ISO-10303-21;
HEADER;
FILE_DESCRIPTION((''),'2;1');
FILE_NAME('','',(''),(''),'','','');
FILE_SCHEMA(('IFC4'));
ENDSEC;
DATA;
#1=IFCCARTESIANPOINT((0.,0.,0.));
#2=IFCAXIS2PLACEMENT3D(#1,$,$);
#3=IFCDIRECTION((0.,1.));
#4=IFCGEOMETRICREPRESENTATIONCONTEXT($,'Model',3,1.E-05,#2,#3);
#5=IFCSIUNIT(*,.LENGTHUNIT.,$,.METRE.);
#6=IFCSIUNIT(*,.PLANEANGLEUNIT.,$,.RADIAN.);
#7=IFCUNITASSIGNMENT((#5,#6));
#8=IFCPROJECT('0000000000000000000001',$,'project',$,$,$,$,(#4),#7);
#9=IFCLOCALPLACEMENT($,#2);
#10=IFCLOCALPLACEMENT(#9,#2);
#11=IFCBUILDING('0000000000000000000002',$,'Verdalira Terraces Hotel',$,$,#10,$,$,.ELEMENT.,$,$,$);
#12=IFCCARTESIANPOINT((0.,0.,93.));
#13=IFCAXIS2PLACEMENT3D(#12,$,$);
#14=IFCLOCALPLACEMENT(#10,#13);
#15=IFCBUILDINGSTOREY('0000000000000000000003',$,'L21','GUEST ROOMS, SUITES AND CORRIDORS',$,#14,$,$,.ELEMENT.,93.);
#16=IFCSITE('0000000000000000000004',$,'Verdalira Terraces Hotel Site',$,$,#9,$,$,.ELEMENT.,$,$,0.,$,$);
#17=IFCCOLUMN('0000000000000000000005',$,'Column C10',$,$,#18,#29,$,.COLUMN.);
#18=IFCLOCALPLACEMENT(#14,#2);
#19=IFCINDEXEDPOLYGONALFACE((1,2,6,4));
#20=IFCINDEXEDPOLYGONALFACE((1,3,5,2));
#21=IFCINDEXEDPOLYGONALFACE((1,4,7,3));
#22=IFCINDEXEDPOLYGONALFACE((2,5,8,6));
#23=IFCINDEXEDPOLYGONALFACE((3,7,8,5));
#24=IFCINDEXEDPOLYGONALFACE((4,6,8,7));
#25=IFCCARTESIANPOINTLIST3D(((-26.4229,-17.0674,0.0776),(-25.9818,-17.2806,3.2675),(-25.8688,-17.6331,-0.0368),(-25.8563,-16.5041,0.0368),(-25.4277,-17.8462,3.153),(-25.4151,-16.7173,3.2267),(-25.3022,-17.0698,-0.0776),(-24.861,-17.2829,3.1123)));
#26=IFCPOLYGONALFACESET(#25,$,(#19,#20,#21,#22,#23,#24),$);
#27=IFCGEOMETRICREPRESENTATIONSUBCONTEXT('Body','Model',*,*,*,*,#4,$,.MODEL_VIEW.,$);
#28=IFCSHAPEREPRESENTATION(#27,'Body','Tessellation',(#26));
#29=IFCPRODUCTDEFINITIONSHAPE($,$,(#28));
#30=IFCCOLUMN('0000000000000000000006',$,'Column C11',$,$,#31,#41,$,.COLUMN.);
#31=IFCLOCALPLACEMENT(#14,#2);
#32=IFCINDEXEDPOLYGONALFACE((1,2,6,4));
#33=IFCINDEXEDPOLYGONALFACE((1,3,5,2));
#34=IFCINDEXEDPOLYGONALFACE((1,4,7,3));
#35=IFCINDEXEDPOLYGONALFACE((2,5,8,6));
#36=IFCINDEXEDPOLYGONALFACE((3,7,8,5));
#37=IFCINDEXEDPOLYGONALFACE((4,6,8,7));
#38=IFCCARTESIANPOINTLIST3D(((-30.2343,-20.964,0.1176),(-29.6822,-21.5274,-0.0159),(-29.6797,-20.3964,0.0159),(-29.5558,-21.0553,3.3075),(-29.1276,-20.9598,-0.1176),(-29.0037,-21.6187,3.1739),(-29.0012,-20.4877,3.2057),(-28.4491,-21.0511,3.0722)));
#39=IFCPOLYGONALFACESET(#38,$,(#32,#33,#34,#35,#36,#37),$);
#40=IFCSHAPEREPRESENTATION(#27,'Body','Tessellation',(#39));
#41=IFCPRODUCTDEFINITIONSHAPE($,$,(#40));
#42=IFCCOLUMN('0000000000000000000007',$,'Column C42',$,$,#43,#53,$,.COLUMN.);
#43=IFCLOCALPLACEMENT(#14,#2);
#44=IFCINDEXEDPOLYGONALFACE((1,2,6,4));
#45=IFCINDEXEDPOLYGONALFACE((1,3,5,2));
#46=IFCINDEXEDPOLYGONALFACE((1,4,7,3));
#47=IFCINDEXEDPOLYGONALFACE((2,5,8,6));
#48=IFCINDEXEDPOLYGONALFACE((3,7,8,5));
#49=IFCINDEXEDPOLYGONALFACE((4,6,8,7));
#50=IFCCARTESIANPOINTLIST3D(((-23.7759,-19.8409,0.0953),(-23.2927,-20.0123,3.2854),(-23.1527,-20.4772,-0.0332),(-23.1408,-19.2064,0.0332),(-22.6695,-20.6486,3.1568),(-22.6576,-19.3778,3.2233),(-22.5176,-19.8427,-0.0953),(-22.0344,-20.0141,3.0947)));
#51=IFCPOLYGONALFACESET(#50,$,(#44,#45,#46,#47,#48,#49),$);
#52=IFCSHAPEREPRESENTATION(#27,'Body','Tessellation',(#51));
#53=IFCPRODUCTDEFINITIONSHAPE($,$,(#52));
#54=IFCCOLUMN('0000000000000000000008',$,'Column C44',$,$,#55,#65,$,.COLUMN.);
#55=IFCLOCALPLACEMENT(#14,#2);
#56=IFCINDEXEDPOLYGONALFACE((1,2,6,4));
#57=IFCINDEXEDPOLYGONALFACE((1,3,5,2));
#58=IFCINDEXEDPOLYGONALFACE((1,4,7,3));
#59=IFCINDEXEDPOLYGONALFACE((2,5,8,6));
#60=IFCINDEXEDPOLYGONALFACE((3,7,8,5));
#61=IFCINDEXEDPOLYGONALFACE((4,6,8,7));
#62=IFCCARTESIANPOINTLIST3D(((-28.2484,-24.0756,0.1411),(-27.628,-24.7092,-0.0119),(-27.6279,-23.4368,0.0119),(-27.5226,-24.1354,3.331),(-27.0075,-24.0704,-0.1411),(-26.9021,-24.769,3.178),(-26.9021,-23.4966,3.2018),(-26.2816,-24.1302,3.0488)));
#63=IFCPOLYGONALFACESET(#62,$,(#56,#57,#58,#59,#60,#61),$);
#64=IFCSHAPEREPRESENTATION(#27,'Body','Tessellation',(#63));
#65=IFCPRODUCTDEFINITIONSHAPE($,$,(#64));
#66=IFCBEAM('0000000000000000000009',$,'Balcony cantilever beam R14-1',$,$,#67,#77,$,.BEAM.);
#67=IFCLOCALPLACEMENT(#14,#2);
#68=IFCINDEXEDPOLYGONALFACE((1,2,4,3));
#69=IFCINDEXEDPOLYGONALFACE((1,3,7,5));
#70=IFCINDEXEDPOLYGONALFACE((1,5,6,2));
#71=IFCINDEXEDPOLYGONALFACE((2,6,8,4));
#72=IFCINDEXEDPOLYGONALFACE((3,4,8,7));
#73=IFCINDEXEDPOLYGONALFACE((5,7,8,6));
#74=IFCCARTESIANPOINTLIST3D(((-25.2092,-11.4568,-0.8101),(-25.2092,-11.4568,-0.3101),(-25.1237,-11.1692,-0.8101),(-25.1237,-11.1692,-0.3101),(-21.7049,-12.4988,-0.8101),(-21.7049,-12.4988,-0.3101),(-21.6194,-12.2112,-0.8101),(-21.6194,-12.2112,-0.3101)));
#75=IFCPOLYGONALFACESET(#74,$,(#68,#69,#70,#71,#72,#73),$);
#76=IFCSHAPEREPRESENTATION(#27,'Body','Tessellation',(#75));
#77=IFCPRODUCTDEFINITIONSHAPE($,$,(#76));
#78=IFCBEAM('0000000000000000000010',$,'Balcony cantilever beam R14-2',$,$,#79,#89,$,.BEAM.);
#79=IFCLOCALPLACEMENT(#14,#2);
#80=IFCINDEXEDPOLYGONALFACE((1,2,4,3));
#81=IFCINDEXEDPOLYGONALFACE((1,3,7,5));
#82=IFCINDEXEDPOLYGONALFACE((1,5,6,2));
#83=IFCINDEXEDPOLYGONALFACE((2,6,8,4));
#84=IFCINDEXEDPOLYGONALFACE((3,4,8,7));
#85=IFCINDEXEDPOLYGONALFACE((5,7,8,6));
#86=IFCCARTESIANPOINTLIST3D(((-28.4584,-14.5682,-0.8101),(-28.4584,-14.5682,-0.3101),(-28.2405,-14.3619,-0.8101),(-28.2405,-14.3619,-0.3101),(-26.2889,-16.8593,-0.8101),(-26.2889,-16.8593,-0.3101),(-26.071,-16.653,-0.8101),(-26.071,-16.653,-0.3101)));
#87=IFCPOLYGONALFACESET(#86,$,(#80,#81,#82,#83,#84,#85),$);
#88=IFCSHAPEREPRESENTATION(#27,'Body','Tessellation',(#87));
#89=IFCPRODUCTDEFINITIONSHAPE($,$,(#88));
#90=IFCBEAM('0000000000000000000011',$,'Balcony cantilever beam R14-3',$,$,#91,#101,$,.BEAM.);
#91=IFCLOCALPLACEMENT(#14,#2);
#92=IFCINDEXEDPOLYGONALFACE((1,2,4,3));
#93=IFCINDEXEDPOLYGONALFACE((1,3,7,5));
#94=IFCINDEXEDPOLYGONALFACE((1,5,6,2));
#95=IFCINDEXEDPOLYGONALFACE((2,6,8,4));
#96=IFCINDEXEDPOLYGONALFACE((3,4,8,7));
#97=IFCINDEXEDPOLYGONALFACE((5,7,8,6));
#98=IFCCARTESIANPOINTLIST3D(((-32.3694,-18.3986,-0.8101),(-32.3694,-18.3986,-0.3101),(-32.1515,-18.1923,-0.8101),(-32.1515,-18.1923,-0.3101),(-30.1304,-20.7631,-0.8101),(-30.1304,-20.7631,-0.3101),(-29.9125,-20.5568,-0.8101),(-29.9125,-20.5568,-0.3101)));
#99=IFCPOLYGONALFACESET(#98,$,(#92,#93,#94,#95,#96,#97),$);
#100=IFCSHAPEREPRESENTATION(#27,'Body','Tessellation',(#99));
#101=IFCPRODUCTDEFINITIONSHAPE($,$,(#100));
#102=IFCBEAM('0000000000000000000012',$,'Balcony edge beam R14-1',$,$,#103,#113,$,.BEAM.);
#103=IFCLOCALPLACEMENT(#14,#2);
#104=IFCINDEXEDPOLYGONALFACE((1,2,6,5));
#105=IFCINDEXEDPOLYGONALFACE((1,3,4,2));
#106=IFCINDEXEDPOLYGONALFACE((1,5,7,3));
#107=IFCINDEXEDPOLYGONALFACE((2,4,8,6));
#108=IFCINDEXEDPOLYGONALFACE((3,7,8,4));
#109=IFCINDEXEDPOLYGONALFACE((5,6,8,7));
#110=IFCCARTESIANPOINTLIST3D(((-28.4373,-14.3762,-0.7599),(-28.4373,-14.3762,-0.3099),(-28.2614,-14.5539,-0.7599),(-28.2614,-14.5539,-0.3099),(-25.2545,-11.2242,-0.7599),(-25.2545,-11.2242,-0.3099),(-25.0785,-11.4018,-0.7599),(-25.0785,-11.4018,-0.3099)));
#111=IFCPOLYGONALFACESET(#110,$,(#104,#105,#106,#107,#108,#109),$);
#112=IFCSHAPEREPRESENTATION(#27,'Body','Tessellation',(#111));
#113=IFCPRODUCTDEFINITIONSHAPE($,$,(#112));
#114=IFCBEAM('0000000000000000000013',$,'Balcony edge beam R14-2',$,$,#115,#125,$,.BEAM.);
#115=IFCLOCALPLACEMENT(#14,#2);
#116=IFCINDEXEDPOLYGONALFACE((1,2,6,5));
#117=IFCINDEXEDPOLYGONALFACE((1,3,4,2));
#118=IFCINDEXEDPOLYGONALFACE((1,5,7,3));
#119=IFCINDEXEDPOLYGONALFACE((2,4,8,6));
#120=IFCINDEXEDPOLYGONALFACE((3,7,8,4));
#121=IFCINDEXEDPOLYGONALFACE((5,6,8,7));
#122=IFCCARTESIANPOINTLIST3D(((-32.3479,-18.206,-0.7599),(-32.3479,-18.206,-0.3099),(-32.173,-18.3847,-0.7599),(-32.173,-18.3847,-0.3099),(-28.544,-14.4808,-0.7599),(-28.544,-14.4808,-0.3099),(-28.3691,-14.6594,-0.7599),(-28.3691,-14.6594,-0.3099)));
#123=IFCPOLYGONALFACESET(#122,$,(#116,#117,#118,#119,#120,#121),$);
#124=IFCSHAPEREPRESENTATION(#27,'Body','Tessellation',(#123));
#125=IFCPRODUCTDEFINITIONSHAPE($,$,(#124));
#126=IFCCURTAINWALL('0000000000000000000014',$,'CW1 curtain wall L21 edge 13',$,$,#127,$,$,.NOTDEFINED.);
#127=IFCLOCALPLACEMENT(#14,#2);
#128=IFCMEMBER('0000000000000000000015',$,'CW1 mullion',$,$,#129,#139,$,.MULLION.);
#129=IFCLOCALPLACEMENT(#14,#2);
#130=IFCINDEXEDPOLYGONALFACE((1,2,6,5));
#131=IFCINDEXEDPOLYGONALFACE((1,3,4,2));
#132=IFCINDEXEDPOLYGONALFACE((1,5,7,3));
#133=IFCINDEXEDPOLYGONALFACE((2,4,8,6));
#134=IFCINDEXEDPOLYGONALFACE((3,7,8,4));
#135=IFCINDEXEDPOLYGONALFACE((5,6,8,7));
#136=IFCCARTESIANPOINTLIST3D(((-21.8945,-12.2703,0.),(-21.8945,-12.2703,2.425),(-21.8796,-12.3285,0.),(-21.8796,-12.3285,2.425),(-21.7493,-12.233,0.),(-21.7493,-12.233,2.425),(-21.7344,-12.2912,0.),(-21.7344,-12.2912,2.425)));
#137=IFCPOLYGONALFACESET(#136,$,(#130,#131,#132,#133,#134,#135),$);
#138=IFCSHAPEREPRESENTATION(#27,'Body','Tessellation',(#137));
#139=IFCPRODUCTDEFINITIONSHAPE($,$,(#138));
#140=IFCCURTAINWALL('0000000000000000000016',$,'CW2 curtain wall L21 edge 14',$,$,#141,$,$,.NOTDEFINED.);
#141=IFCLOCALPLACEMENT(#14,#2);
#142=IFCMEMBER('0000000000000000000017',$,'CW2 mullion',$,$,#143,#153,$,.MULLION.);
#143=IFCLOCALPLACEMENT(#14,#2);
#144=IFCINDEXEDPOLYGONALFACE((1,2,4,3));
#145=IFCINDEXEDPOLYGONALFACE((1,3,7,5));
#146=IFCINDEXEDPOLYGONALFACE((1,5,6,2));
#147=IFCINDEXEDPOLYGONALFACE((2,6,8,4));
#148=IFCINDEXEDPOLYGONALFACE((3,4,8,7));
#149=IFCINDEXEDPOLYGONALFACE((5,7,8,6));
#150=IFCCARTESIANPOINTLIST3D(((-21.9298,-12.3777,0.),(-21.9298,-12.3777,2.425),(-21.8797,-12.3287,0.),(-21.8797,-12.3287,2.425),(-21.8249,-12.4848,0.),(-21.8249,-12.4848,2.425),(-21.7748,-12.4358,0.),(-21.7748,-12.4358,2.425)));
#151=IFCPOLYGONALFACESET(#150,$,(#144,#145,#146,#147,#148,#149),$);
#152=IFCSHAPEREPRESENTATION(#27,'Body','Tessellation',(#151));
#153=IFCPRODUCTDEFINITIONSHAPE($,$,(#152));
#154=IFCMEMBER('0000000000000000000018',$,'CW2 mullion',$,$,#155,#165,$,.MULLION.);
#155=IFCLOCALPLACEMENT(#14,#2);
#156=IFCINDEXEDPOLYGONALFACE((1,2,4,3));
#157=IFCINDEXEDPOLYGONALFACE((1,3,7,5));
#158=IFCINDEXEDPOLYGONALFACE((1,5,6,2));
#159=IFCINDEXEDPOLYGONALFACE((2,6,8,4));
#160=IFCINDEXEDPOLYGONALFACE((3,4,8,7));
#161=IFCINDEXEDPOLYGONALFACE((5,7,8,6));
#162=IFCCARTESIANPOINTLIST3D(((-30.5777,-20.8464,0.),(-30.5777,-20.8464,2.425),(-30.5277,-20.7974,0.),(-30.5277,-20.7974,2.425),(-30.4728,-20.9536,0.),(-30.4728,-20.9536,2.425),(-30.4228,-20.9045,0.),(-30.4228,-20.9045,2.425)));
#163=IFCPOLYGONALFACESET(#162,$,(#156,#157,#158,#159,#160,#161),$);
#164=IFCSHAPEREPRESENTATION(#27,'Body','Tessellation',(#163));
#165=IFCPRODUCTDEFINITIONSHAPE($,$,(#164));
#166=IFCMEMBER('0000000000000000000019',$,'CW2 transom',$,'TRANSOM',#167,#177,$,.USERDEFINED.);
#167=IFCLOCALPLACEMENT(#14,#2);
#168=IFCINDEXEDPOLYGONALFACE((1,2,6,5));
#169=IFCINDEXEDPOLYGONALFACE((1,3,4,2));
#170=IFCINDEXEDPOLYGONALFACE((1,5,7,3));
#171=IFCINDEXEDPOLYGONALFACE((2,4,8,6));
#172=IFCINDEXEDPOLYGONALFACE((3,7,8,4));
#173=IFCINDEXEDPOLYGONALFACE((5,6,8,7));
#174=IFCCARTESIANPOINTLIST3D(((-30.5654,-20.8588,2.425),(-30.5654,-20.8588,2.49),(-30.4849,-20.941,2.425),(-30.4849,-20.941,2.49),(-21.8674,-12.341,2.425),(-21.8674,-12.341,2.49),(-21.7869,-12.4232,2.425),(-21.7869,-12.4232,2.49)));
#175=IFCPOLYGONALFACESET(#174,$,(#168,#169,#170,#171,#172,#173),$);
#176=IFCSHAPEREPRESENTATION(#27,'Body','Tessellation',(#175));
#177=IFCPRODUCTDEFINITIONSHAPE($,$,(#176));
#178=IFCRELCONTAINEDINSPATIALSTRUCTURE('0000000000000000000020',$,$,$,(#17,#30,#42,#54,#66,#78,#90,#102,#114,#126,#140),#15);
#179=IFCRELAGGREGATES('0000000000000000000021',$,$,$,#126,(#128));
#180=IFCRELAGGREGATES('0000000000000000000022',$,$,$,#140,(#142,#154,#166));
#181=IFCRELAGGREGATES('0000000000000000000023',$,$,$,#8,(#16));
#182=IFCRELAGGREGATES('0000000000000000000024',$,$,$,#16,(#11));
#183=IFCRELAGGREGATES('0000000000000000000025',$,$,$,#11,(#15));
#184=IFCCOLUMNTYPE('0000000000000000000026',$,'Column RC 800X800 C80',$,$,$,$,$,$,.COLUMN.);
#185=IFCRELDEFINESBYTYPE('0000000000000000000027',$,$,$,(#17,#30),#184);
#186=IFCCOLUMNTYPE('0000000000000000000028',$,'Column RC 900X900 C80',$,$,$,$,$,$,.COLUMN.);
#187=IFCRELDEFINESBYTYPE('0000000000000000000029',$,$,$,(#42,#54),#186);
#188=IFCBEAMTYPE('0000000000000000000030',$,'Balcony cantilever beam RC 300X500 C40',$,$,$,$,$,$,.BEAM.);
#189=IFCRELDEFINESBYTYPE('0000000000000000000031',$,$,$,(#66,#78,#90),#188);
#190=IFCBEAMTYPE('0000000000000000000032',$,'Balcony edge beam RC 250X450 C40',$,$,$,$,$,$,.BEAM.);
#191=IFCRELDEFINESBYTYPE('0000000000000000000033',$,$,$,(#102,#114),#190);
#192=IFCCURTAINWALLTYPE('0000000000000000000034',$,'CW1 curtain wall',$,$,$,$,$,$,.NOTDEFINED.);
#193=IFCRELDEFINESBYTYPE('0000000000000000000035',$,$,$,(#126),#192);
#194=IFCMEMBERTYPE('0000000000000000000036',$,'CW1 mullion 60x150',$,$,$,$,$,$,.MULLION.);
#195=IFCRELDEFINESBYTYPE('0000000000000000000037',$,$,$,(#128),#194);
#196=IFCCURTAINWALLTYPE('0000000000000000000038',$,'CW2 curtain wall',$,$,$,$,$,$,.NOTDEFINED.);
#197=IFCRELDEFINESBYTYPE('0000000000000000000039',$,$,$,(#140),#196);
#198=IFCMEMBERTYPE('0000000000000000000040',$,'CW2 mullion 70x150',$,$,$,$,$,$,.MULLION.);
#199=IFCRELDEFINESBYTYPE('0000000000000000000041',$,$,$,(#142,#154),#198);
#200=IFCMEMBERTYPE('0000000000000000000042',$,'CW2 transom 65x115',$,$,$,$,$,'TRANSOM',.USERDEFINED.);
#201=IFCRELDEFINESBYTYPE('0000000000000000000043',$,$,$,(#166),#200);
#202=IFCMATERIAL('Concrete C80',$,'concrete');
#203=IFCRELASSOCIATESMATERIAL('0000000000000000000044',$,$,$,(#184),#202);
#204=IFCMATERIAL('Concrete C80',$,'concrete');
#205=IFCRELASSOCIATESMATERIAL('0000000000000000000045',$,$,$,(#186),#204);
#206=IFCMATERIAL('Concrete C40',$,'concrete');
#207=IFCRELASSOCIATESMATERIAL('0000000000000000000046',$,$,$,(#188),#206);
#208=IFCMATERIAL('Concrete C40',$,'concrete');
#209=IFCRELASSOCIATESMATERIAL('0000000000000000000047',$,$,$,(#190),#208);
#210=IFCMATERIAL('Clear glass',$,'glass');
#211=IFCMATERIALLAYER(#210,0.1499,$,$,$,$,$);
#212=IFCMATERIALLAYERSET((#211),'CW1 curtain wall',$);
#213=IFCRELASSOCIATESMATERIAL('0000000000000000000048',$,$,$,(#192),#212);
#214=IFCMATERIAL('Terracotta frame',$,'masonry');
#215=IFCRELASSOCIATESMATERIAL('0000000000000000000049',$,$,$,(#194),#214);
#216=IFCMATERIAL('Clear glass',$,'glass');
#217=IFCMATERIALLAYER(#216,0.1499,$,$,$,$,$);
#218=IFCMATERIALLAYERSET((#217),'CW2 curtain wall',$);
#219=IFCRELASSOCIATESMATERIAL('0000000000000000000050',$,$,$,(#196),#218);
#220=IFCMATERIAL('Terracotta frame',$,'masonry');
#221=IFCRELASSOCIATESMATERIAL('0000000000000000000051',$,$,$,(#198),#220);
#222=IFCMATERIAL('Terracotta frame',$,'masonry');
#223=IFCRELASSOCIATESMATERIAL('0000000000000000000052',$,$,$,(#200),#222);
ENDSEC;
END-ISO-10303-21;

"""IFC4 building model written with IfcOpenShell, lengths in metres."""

from ifc_helpers import new_model, si_unit, direction, frame, origin, origin_2d, place, context, subcontext, project, spatial, rectangle, extrude, material, layer, layer_set, material_profile, profile_set, type_object, element, aggregate, save


model = new_model("IFC4")

# Units and contexts
model_context = context("Model", 3, precision=1e-05, world=origin(), true_north=direction((0.0, 1.0)))
body_context = subcontext(model_context, "Body", "Model", "MODEL_VIEW")
ifc_project = project(units=[si_unit("LENGTHUNIT", "METRE"), si_unit("PLANEANGLEUNIT", "RADIAN")], contexts=[model_context])

# Site, building, storey
site_placement = place(None, origin())
site = spatial("IfcSite", under=ifc_project, at=site_placement, Name="Verdalira Terraces Hotel Site", CompositionType="ELEMENT", RefElevation=0.0)
building_placement = place(site_placement, origin())
building = spatial("IfcBuilding", under=site, at=building_placement, Name="Verdalira Terraces Hotel", CompositionType="ELEMENT")
storey_placement = place(building_placement, frame((0.0, 0.0, 93.0)))
storey = spatial("IfcBuildingStorey", under=building, at=storey_placement, Name="L21", Description="GUEST ROOMS, SUITES AND CORRIDORS", CompositionType="ELEMENT", Elevation=93.0)

# Columns
ifc_material_1 = material(Name="Concrete C80", Category="concrete")
ifc_material_profile_1 = material_profile(ifc_material_1, rectangle(XDim=0.8, YDim=0.8, at=origin_2d()), Name="RC 800X800")
ifc_profile_set_1 = profile_set([ifc_material_profile_1], Name="Concrete C80")
column_type_1 = type_object("IfcColumnType", Name="Column RC 800X800 C80", PredefinedType="COLUMN", material=ifc_profile_set_1)
column_1_placement = place(storey_placement, frame((-25.8625, -17.0686, 0.0), z_axis=(0.136695, -0.06604, 0.988409), x_axis=(-0.708287, -0.704087, 0.050911)))
element("IfcColumn", 1, at=column_1_placement, inside=storey, type_object=column_type_1, Name="Column C10", PredefinedType="COLUMN", context=body_context, shape_type="SweptSolid", body=[
    extrude(rectangle(XDim=0.8, YDim=0.8, at=origin_2d()), origin(), (0.0, 0.0, 1.0), 3.2273),
])
column_2_placement = place(storey_placement, frame((-29.6809, -20.9619, 0.0), z_axis=(0.207955, -0.027987, 0.977738), x_axis=(-0.693214, -0.709431, 0.127133)))
element("IfcColumn", 2, at=column_2_placement, inside=storey, type_object=column_type_1, Name="Column C11", PredefinedType="COLUMN", context=body_context, shape_type="SweptSolid", body=[
    extrude(rectangle(XDim=0.8, YDim=0.8, at=origin_2d()), origin(), (0.0, 0.0, 1.0), 3.2625),
])
ifc_material_2 = material(Name="Concrete C80", Category="concrete")
ifc_material_profile_2 = material_profile(ifc_material_2, rectangle(XDim=0.8999, YDim=0.8999, at=origin_2d()), Name="RC 900X900")
ifc_profile_set_2 = profile_set([ifc_material_profile_2], Name="Concrete C80")
column_type_2 = type_object("IfcColumnType", Name="Column RC 900X900 C80", PredefinedType="COLUMN", material=ifc_profile_set_2)
column_3_placement = place(storey_placement, frame((-23.1467, -19.8418, 0.0), z_axis=(0.149543, -0.053047, 0.987331), x_axis=(-0.705763, -0.705079, 0.069014)))
element("IfcColumn", 3, at=column_3_placement, inside=storey, type_object=column_type_2, Name="Column C42", PredefinedType="COLUMN", context=body_context, shape_type="SweptSolid", body=[
    extrude(rectangle(XDim=0.8999, YDim=0.8999, at=origin_2d()), origin(), (0.0, 0.0, 1.0), 3.231),
])
column_4_placement = place(storey_placement, frame((-27.6279, -24.073, 0.0), z_axis=(0.221829, -0.018281, 0.974914), x_axis=(-0.68953, -0.709882, 0.143583)))
element("IfcColumn", 4, at=column_4_placement, inside=storey, type_object=column_type_2, Name="Column C44", PredefinedType="COLUMN", context=body_context, shape_type="SweptSolid", body=[
    extrude(rectangle(XDim=0.8999, YDim=0.8999, at=origin_2d()), origin(), (0.0, 0.0, 1.0), 3.272),
])

# Beams
ifc_material_3 = material(Name="Concrete C40", Category="concrete")
ifc_material_profile_3 = material_profile(ifc_material_3, rectangle(XDim=0.3, YDim=0.5, at=origin_2d()), Name="RC 300X500")
ifc_profile_set_3 = profile_set([ifc_material_profile_3], Name="Concrete C40")
beam_type_1 = type_object("IfcBeamType", Name="Balcony cantilever beam RC 300X500 C40", PredefinedType="BEAM", material=ifc_profile_set_3)
beam_1_placement = place(storey_placement, frame((-21.6621, -12.355, -0.5601), z_axis=(-0.958526, 0.285007, 0.0), x_axis=(-0.285007, -0.958526, 0.0)))
element("IfcBeam", 5, at=beam_1_placement, inside=storey, type_object=beam_type_1, Name="Balcony cantilever beam R14-1", PredefinedType="BEAM", context=body_context, shape_type="SweptSolid", body=[
    extrude(rectangle(XDim=0.3, YDim=0.5, at=origin_2d()), origin(), (0.0, 0.0, 1.0), 3.656),
])
beam_2_placement = place(storey_placement, frame((-26.1799, -16.7561, -0.5601), z_axis=(-0.687577, 0.726111, 0.0), x_axis=(-0.726111, -0.687577, 0.0)))
element("IfcBeam", 6, at=beam_2_placement, inside=storey, type_object=beam_type_1, Name="Balcony cantilever beam R14-2", PredefinedType="BEAM", context=body_context, shape_type="SweptSolid", body=[
    extrude(rectangle(XDim=0.3, YDim=0.5, at=origin_2d()), origin(), (0.0, 0.0, 1.0), 3.1553),
])
beam_3_placement = place(storey_placement, frame((-30.0215, -20.6599, -0.5601), z_axis=(-0.687576, 0.726112, 0.0), x_axis=(-0.726112, -0.687576, 0.0)))
element("IfcBeam", 7, at=beam_3_placement, inside=storey, type_object=beam_type_1, Name="Balcony cantilever beam R14-3", PredefinedType="BEAM", context=body_context, shape_type="SweptSolid", body=[
    extrude(rectangle(XDim=0.3, YDim=0.5, at=origin_2d()), origin(), (0.0, 0.0, 1.0), 3.2563),
])
ifc_material_4 = material(Name="Concrete C40", Category="concrete")
ifc_material_profile_4 = material_profile(ifc_material_4, rectangle(XDim=0.25, YDim=0.45, at=origin_2d()), Name="RC 250X450")
ifc_profile_set_4 = profile_set([ifc_material_profile_4], Name="Concrete C40")
beam_type_2 = type_object("IfcBeamType", Name="Balcony edge beam RC 250X450 C40", PredefinedType="BEAM", material=ifc_profile_set_4)
beam_4_placement = place(storey_placement, frame((-25.1665, -11.313, -0.5349), z_axis=(-0.710532, -0.703665, 0.0), x_axis=(0.703665, -0.710532, 0.0)))
element("IfcBeam", 8, at=beam_4_placement, inside=storey, type_object=beam_type_2, Name="Balcony edge beam R14-1", PredefinedType="BEAM", context=body_context, shape_type="SweptSolid", body=[
    extrude(rectangle(XDim=0.25, YDim=0.45, at=origin_2d()), origin(), (0.0, 0.0, 1.0), 4.4795),
])
beam_5_placement = place(storey_placement, frame((-28.4565, -14.5701, -0.5349), z_axis=(-0.714451, -0.699686, 0.0), x_axis=(0.699686, -0.714451, 0.0)))
element("IfcBeam", 9, at=beam_5_placement, inside=storey, type_object=beam_type_2, Name="Balcony edge beam R14-2", PredefinedType="BEAM", context=body_context, shape_type="SweptSolid", body=[
    extrude(rectangle(XDim=0.25, YDim=0.45, at=origin_2d()), origin(), (0.0, 0.0, 1.0), 5.3242),
])

# Curtain wall, member
ifc_material_5 = material(Name="Clear glass", Category="glass")
ifc_layer_1 = layer(ifc_material_5, 0.1499)
ifc_layer_set_1 = layer_set([ifc_layer_1], Name="CW1 curtain wall")
curtain_wall_type_1 = type_object("IfcCurtainWallType", Name="CW1 curtain wall", PredefinedType="NOTDEFINED", material=ifc_layer_set_1)
curtain_wall_1_placement = place(storey_placement, origin())
curtain_wall_1 = element("IfcCurtainWall", 10, at=curtain_wall_1_placement, inside=storey, type_object=curtain_wall_type_1, Name="CW1 curtain wall L21 edge 13", PredefinedType="NOTDEFINED")
ifc_material_6 = material(Name="Terracotta frame", Category="masonry")
ifc_material_profile_5 = material_profile(ifc_material_6, rectangle(XDim=0.0601, YDim=0.1499, at=origin_2d()), Name="MU 60x150")
ifc_profile_set_5 = profile_set([ifc_material_profile_5], Name="Terracotta frame")
member_type_1 = type_object("IfcMemberType", Name="CW1 mullion 60x150", PredefinedType="MULLION", material=ifc_profile_set_5)
member_1_placement = place(storey_placement, frame((-21.8145, -12.2808, 0.0), z_axis=(0.0, 0.0, 1.0), x_axis=(0.24869, -0.968583, 0.0)))
member_1 = element("IfcMember", 11, at=member_1_placement, type_object=member_type_1, Name="CW1 mullion", PredefinedType="MULLION", context=body_context, shape_type="SweptSolid", body=[
    extrude(rectangle(XDim=0.0601, YDim=0.1499, at=origin_2d()), origin(), (0.0, 0.0, 1.0), 2.425),
])
aggregate(curtain_wall_1, [member_1])

# Curtain wall, members
ifc_material_7 = material(Name="Clear glass", Category="glass")
ifc_layer_2 = layer(ifc_material_7, 0.1499)
ifc_layer_set_2 = layer_set([ifc_layer_2], Name="CW2 curtain wall")
curtain_wall_type_2 = type_object("IfcCurtainWallType", Name="CW2 curtain wall", PredefinedType="NOTDEFINED", material=ifc_layer_set_2)
curtain_wall_2_placement = place(storey_placement, origin())
curtain_wall_2 = element("IfcCurtainWall", 12, at=curtain_wall_2_placement, inside=storey, type_object=curtain_wall_type_2, Name="CW2 curtain wall L21 edge 14", PredefinedType="NOTDEFINED")
ifc_material_8 = material(Name="Terracotta frame", Category="masonry")
ifc_material_profile_6 = material_profile(ifc_material_8, rectangle(XDim=0.0701, YDim=0.1499, at=origin_2d()), Name="MU 70x150")
ifc_profile_set_6 = profile_set([ifc_material_profile_6], Name="Terracotta frame")
member_type_2 = type_object("IfcMemberType", Name="CW2 mullion 70x150", PredefinedType="MULLION", material=ifc_profile_set_6)
member_2_placement = place(storey_placement, frame((-21.8523, -12.4067, 0.0), z_axis=(0.0, 0.0, 1.0), x_axis=(-0.714473, -0.699663, 0.0)))
member_2 = element("IfcMember", 13, at=member_2_placement, type_object=member_type_2, Name="CW2 mullion", PredefinedType="MULLION", context=body_context, shape_type="SweptSolid", body=[
    extrude(rectangle(XDim=0.0701, YDim=0.1499, at=origin_2d()), origin(), (0.0, 0.0, 1.0), 2.425),
])
member_3_placement = place(storey_placement, frame((-30.5002, -20.8755, 0.0), z_axis=(0.0, 0.0, 1.0), x_axis=(-0.714473, -0.699663, 0.0)))
member_3 = element("IfcMember", 14, at=member_3_placement, type_object=member_type_2, Name="CW2 mullion", PredefinedType="MULLION", context=body_context, shape_type="SweptSolid", body=[
    extrude(rectangle(XDim=0.0701, YDim=0.1499, at=origin_2d()), origin(), (0.0, 0.0, 1.0), 2.425),
])
ifc_material_9 = material(Name="Terracotta frame", Category="masonry")
ifc_material_profile_7 = material_profile(ifc_material_9, rectangle(XDim=0.115, YDim=0.0649, at=origin_2d()), Name="TR 65x115")
ifc_profile_set_7 = profile_set([ifc_material_profile_7], Name="Terracotta frame")
member_type_3 = type_object("IfcMemberType", Name="CW2 transom 65x115", ElementType="TRANSOM", PredefinedType="USERDEFINED", material=ifc_profile_set_7)
member_4_placement = place(storey_placement, frame((-21.8271, -12.3821, 2.4575), z_axis=(-0.714468, -0.699668, 0.0), x_axis=(0.699668, -0.714468, 0.0)))
member_4 = element("IfcMember", 15, at=member_4_placement, type_object=member_type_3, Name="CW2 transom", ObjectType="TRANSOM", PredefinedType="USERDEFINED", context=body_context, shape_type="SweptSolid", body=[
    extrude(rectangle(XDim=0.115, YDim=0.0649, at=origin_2d()), origin(), (0.0, 0.0, 1.0), 12.1741),
])

aggregate(curtain_wall_2, [member_2, member_3, member_4])

save(model, "model.ifc")
